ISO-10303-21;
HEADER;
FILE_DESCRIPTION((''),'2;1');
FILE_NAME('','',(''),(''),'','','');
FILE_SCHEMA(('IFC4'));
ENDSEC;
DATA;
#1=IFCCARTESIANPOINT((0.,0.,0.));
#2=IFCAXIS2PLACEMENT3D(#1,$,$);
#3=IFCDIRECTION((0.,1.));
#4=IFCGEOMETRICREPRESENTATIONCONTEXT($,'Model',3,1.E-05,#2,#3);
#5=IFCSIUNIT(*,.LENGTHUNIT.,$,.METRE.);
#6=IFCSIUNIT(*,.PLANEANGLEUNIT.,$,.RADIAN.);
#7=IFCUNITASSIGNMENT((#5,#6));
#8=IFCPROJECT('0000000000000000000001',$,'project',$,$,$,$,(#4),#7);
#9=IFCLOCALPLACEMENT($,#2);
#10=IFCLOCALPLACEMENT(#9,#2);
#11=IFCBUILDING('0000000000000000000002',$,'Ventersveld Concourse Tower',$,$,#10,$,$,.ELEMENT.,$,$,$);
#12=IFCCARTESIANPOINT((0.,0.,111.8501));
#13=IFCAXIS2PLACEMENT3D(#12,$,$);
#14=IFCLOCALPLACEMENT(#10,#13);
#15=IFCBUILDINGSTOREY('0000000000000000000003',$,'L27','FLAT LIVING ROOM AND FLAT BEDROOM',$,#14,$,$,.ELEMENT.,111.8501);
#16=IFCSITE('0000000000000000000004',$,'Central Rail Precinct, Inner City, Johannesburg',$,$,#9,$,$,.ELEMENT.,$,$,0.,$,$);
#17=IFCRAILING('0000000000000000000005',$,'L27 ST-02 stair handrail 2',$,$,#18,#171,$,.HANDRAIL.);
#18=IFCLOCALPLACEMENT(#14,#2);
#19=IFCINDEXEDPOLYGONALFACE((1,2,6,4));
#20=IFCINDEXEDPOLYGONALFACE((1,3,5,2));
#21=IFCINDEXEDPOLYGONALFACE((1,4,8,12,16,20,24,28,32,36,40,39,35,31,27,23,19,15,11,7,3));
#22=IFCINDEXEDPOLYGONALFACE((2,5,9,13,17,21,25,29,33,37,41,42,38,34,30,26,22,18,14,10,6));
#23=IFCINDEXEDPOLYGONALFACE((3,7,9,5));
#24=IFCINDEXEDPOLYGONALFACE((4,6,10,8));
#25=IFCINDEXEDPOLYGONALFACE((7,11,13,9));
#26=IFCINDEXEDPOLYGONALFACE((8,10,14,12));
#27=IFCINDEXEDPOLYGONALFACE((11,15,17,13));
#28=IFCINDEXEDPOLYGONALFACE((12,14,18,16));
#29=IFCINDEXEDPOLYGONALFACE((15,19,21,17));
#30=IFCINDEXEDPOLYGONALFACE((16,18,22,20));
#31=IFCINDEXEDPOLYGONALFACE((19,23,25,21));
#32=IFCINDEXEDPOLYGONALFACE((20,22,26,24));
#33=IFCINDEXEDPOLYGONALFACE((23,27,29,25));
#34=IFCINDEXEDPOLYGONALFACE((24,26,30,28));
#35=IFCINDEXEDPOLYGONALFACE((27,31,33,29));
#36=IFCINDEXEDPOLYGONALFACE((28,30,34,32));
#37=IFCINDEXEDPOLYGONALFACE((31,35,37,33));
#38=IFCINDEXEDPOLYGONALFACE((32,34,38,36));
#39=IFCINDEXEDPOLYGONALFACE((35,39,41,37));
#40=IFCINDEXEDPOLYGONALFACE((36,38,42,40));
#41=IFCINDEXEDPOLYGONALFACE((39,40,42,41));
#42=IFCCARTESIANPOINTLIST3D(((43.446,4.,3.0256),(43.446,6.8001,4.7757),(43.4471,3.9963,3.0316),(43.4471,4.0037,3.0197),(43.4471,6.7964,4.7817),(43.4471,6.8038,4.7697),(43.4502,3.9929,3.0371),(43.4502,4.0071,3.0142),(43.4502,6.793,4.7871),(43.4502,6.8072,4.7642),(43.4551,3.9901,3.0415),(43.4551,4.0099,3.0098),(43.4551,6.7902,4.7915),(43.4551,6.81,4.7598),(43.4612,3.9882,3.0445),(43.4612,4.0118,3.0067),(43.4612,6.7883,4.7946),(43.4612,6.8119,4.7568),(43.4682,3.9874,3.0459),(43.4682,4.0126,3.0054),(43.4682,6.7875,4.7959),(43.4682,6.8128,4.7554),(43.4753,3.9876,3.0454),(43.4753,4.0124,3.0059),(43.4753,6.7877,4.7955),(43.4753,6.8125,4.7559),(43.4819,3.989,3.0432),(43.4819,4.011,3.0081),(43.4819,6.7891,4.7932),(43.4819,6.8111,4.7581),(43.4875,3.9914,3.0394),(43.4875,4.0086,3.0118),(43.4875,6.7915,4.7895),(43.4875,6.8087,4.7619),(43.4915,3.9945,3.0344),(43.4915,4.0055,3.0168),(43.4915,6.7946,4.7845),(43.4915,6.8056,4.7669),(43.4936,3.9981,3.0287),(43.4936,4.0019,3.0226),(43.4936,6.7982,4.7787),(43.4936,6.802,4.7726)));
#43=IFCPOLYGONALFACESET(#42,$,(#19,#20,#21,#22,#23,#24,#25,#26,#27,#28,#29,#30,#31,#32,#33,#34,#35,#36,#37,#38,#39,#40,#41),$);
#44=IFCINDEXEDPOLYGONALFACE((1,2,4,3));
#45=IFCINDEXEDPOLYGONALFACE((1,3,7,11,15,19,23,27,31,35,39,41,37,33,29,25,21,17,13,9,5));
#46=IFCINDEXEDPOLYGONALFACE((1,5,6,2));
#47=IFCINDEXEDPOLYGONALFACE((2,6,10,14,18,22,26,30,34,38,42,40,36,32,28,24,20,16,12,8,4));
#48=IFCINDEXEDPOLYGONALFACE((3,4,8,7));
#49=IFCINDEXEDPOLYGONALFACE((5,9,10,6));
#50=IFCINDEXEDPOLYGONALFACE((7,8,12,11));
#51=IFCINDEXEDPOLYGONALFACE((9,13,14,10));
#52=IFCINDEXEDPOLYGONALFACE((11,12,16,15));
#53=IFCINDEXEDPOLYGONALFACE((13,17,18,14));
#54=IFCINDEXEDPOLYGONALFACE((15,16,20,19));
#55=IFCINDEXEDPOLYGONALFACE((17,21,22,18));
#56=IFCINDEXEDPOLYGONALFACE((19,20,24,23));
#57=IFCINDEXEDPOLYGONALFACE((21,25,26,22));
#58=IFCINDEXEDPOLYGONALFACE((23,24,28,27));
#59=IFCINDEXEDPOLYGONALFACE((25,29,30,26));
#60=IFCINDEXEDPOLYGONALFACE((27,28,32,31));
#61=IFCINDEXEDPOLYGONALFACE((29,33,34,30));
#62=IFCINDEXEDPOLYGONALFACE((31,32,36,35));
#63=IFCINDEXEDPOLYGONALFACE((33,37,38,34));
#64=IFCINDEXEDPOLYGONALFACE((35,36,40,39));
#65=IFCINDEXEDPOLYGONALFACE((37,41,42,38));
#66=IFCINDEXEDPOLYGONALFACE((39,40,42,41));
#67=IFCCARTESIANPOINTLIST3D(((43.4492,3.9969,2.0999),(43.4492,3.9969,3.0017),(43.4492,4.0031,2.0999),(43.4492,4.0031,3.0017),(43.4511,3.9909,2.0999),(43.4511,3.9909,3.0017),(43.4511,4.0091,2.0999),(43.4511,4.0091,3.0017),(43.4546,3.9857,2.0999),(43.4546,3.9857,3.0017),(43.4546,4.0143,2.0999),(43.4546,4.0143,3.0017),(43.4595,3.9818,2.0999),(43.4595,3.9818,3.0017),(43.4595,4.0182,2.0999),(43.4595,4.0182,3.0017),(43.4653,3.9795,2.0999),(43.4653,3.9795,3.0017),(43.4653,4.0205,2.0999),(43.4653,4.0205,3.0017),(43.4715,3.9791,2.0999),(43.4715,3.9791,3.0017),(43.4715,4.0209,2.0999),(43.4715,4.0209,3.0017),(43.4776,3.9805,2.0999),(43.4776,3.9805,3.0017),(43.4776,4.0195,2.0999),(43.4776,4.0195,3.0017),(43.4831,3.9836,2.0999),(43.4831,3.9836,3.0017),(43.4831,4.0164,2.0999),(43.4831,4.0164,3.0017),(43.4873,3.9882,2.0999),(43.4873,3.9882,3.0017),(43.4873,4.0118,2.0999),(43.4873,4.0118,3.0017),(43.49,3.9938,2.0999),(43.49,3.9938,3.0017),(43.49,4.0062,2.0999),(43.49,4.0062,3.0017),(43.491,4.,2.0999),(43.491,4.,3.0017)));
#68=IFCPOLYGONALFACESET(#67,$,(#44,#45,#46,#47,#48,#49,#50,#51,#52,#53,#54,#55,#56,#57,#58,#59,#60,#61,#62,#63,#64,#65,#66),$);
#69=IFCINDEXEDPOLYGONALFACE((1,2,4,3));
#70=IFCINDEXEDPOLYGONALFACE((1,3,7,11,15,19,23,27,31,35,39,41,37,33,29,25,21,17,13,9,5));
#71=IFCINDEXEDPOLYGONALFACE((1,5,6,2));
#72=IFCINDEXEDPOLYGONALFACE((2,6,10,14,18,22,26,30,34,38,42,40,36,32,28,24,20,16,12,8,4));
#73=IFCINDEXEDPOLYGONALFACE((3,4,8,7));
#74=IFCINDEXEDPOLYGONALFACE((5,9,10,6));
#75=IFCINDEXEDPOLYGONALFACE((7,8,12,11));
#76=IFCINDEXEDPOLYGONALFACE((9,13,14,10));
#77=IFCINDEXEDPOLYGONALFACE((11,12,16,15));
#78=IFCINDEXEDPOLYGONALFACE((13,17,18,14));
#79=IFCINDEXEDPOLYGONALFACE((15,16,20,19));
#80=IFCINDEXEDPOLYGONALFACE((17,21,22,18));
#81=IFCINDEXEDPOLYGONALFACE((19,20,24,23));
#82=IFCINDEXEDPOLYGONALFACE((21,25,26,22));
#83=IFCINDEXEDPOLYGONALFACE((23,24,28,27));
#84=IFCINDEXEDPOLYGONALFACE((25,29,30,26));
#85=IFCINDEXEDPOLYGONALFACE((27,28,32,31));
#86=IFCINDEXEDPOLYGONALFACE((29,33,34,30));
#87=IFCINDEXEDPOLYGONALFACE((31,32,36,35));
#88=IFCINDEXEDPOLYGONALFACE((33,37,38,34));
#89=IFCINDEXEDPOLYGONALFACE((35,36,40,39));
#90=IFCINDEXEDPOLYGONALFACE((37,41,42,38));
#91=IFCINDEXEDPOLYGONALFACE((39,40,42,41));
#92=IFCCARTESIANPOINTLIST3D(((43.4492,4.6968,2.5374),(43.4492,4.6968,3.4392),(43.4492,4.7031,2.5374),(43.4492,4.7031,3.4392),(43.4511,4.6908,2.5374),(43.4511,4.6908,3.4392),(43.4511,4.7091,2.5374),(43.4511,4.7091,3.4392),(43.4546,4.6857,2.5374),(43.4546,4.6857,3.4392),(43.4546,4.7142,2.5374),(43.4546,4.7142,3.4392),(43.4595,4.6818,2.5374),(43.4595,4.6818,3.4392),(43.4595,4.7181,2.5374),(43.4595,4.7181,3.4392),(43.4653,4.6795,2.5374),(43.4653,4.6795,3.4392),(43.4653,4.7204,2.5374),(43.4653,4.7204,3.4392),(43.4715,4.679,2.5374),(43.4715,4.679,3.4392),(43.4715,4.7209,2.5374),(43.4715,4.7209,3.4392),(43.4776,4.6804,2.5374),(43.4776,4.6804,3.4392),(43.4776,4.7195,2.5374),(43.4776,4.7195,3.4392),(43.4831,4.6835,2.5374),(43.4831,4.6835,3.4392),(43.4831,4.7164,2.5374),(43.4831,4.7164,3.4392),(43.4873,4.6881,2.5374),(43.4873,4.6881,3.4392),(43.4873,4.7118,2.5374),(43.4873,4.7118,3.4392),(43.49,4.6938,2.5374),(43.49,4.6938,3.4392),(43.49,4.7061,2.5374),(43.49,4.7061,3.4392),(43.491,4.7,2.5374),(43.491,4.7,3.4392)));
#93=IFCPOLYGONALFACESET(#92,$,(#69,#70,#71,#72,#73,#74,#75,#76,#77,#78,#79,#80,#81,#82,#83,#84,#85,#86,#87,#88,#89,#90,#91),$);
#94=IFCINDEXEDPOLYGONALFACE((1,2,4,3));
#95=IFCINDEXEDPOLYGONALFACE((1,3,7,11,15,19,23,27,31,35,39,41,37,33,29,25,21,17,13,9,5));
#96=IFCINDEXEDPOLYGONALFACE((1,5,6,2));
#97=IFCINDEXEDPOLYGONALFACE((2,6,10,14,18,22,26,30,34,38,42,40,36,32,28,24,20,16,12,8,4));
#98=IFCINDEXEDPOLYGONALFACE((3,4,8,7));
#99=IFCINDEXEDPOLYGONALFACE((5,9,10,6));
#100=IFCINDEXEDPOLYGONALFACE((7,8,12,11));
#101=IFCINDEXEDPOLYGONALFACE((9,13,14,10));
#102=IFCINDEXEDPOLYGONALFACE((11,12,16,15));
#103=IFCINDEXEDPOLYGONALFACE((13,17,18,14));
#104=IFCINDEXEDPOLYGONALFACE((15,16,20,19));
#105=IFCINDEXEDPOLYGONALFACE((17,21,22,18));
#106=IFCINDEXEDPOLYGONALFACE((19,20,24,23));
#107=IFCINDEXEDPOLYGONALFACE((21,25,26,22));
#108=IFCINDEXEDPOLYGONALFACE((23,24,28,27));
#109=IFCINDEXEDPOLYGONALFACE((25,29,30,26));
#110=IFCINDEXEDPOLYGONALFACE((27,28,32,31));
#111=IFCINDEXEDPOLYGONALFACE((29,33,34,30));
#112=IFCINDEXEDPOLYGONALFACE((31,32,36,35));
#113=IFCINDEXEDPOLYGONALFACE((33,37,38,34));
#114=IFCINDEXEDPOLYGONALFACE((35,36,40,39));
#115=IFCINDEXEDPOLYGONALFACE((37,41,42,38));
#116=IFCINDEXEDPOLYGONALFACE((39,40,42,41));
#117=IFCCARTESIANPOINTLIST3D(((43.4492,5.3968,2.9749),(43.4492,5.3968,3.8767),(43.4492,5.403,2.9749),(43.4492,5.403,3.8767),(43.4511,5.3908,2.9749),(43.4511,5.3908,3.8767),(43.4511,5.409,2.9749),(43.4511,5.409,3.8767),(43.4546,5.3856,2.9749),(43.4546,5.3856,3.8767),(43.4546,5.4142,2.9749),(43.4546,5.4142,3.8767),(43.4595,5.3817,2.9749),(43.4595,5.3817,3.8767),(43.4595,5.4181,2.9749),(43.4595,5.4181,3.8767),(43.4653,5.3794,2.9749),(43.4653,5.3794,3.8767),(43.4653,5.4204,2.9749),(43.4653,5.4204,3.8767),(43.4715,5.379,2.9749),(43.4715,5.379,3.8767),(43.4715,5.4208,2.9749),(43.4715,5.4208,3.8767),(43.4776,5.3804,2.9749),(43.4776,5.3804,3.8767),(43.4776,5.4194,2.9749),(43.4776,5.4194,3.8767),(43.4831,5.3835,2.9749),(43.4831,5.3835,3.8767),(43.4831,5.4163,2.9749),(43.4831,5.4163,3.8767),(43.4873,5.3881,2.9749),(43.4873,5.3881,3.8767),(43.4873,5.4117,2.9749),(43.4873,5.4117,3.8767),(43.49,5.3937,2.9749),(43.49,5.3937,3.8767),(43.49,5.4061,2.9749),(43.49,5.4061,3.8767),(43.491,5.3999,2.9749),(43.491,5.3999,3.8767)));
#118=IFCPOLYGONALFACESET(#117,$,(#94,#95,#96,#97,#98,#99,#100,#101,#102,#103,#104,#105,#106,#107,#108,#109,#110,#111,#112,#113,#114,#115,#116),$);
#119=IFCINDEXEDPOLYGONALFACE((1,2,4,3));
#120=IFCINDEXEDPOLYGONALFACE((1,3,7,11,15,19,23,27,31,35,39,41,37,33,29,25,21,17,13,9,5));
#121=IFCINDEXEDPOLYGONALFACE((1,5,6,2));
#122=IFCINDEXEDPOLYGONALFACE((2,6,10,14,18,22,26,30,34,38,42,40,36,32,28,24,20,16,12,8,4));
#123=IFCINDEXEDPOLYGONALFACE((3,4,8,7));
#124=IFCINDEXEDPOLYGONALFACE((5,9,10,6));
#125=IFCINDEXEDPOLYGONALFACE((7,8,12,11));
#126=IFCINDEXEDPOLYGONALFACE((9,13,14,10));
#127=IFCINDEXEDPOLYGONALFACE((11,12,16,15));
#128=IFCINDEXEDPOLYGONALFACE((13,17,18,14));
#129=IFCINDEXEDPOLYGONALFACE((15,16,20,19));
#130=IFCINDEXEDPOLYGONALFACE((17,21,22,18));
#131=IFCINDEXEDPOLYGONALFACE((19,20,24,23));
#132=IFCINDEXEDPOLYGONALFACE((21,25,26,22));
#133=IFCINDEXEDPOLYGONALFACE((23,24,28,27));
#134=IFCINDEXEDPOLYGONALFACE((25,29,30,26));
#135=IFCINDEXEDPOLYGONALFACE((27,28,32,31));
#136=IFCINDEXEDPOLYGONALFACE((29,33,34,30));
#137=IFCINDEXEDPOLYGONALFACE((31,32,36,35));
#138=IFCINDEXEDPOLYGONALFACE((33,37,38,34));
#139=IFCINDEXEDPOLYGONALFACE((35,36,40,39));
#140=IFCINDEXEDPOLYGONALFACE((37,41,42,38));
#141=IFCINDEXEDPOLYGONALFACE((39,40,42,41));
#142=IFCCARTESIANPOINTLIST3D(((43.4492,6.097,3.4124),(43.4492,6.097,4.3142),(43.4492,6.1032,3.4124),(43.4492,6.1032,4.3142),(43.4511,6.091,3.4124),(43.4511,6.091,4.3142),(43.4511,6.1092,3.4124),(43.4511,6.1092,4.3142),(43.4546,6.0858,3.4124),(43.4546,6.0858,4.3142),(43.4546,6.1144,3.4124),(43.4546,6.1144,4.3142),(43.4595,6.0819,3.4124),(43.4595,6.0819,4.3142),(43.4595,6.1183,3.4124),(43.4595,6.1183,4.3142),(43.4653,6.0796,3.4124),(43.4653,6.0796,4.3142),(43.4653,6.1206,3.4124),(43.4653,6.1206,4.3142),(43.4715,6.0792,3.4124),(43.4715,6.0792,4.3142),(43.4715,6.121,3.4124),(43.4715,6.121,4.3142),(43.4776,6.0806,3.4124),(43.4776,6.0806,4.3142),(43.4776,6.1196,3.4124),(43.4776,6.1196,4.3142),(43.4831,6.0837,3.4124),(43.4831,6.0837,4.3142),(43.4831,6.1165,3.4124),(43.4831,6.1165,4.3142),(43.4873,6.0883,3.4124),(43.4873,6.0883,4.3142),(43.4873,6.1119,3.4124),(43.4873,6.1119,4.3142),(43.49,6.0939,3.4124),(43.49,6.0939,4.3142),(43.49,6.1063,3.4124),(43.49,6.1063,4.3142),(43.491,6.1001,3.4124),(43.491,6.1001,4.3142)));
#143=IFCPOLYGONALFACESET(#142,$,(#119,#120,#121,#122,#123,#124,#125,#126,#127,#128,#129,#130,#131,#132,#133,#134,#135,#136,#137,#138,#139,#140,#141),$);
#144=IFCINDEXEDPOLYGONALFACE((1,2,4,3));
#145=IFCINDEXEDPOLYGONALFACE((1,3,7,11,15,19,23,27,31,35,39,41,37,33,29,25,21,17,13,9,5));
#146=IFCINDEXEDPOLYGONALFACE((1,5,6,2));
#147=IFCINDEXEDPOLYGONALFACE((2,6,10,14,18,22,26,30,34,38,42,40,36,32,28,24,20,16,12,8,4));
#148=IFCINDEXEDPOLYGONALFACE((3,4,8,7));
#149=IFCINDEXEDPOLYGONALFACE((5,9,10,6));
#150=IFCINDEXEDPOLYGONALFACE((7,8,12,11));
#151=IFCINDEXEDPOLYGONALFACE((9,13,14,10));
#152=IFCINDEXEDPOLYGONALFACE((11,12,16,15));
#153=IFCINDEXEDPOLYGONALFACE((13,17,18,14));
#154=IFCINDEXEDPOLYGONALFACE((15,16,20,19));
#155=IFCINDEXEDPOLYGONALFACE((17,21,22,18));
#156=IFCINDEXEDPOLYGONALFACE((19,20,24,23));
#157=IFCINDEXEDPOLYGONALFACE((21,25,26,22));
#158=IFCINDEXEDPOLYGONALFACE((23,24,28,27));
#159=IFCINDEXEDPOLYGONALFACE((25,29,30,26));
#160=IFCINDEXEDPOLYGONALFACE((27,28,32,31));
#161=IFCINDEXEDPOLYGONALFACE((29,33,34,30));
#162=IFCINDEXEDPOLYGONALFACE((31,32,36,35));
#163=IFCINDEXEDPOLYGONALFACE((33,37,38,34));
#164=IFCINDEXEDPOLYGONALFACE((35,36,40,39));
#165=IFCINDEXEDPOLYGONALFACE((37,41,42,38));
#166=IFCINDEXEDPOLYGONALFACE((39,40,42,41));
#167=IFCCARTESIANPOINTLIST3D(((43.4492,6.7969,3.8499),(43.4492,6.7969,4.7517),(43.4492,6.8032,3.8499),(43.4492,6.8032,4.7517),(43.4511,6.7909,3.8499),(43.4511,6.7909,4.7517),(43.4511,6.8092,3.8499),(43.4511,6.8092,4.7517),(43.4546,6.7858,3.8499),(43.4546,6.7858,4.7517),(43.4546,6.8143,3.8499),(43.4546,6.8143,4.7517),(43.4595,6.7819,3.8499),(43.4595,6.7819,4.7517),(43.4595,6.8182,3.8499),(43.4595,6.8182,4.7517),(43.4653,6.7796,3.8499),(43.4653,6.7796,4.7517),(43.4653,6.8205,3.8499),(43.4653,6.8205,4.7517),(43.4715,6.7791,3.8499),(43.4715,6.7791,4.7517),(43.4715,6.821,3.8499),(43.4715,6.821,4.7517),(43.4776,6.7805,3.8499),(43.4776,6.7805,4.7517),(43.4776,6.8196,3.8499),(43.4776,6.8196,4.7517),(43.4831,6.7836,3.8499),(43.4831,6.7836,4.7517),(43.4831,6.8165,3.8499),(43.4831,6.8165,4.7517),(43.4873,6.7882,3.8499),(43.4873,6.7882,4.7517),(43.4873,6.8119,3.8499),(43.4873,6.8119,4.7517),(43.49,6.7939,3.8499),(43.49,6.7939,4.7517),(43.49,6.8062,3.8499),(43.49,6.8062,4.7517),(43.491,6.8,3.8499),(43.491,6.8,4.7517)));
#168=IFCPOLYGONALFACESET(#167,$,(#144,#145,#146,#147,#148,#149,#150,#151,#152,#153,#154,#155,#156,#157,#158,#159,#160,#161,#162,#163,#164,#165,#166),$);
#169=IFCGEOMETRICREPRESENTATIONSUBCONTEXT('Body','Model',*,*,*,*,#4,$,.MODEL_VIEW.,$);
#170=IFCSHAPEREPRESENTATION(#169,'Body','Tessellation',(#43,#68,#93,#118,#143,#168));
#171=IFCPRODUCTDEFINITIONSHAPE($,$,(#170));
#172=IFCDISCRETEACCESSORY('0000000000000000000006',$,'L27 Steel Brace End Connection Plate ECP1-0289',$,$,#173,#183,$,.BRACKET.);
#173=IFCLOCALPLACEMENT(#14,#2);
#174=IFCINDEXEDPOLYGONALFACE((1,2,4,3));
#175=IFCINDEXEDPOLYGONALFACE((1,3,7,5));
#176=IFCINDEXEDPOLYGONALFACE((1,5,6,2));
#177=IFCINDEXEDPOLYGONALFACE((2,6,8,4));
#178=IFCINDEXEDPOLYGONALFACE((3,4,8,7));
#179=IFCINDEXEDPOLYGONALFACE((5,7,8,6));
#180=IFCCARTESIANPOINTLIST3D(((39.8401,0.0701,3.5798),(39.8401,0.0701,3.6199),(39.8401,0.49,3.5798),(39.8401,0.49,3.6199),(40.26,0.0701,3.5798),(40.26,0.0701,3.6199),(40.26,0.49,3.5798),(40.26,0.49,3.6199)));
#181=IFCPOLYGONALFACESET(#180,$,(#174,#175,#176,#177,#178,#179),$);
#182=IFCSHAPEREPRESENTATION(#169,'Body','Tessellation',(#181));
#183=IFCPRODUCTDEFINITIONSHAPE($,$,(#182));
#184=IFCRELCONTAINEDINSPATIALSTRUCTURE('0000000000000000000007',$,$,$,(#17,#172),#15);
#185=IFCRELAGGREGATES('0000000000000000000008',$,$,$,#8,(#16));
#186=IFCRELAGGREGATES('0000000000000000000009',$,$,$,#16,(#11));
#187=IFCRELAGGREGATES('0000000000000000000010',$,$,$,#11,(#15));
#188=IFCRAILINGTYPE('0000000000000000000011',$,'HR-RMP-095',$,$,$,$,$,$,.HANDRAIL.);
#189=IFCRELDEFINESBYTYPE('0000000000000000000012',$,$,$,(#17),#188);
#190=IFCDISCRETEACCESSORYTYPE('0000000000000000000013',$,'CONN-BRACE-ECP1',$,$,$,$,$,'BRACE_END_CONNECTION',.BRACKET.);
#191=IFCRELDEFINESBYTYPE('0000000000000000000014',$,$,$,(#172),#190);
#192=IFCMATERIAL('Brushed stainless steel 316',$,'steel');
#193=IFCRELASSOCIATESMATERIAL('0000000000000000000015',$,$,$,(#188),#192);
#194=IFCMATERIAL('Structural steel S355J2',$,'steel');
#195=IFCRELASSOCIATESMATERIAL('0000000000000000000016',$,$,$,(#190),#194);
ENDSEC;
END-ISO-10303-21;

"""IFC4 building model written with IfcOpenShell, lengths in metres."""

from ifc_helpers import new_model, si_unit, direction, frame, origin, origin_2d, place, context, subcontext, project, spatial, rectangle, circle, extrude, material, type_object, element, save


model = new_model("IFC4")

# Units and contexts
model_context = context("Model", 3, precision=1e-05, world=origin(), true_north=direction((0.0, 1.0)))
body_context = subcontext(model_context, "Body", "Model", "MODEL_VIEW")
ifc_project = project(units=[si_unit("LENGTHUNIT", "METRE"), si_unit("PLANEANGLEUNIT", "RADIAN")], contexts=[model_context])

# Site, building, storey
site_placement = place(None, origin())
site = spatial("IfcSite", under=ifc_project, at=site_placement, Name="Central Rail Precinct, Inner City, Johannesburg", CompositionType="ELEMENT", RefElevation=0.0)
building_placement = place(site_placement, origin())
building = spatial("IfcBuilding", under=site, at=building_placement, Name="Ventersveld Concourse Tower", CompositionType="ELEMENT")
storey_placement = place(building_placement, frame((0.0, 0.0, 111.8501)))
storey = spatial("IfcBuildingStorey", under=building, at=storey_placement, Name="L27", Description="FLAT LIVING ROOM AND FLAT BEDROOM", CompositionType="ELEMENT", Elevation=111.8501)

# Shared definitions
ifc_material_1 = material(Name="Structural steel S355J2", Category="steel")

# Shared definitions
ifc_material_2 = material(Name="Brushed stainless steel 316", Category="steel")

# Railing
railing_type_1 = type_object("IfcRailingType", Name="HR-RMP-095", PredefinedType="HANDRAIL", material=ifc_material_2)
railing_1_placement = place(storey_placement, frame((43.47, 4.0, 2.0999)))
element("IfcRailing", 1, at=railing_1_placement, inside=storey, type_object=railing_type_1, Name="L27 ST-02 stair handrail 2", PredefinedType="HANDRAIL", context=body_context, shape_type="SweptSolid", body=[
    extrude(circle(Radius=0.0239, at=origin_2d()), frame((0.0, 0.0, 0.9258), z_axis=(0.0, 0.848002, 0.529992), x_axis=(-1.0, 0.0, 0.0)), (0.0, 0.0, 1.0), 3.302),
    extrude(circle(Radius=0.021, at=origin_2d()), origin(), (0.0, 0.0, 1.0), 0.9019),
    extrude(circle(Radius=0.021, at=origin_2d()), frame((0.0, 0.7, 0.4375)), (0.0, 0.0, 1.0), 0.9019),
    extrude(circle(Radius=0.021, at=origin_2d()), frame((0.0, 1.3999, 0.875)), (0.0, 0.0, 1.0), 0.9019),
    extrude(circle(Radius=0.021, at=origin_2d()), frame((0.0, 2.1001, 1.3125)), (0.0, 0.0, 1.0), 0.9019),
    extrude(circle(Radius=0.021, at=origin_2d()), frame((0.0, 2.8, 1.75)), (0.0, 0.0, 1.0), 0.9019),
])

# Discrete accessory
discrete_accessory_type = type_object("IfcDiscreteAccessoryType", Name="CONN-BRACE-ECP1", ElementType="BRACE_END_CONNECTION", PredefinedType="BRACKET", material=ifc_material_1)
discrete_accessory_placement = place(storey_placement, frame((40.05, 0.28, 3.5798), z_axis=(0.0, 0.0, 1.0), x_axis=(1.0, 0.0, 0.0)))
element("IfcDiscreteAccessory", 2, at=discrete_accessory_placement, inside=storey, type_object=discrete_accessory_type, Name="L27 Steel Brace End Connection Plate ECP1-0289", PredefinedType="BRACKET", context=body_context, shape_type="SweptSolid", body=[
    extrude(rectangle(XDim=0.4199, YDim=0.4199, at=origin_2d()), origin(), (0.0, 0.0, 1.0), 0.04),
])

save(model, "model.ifc")
